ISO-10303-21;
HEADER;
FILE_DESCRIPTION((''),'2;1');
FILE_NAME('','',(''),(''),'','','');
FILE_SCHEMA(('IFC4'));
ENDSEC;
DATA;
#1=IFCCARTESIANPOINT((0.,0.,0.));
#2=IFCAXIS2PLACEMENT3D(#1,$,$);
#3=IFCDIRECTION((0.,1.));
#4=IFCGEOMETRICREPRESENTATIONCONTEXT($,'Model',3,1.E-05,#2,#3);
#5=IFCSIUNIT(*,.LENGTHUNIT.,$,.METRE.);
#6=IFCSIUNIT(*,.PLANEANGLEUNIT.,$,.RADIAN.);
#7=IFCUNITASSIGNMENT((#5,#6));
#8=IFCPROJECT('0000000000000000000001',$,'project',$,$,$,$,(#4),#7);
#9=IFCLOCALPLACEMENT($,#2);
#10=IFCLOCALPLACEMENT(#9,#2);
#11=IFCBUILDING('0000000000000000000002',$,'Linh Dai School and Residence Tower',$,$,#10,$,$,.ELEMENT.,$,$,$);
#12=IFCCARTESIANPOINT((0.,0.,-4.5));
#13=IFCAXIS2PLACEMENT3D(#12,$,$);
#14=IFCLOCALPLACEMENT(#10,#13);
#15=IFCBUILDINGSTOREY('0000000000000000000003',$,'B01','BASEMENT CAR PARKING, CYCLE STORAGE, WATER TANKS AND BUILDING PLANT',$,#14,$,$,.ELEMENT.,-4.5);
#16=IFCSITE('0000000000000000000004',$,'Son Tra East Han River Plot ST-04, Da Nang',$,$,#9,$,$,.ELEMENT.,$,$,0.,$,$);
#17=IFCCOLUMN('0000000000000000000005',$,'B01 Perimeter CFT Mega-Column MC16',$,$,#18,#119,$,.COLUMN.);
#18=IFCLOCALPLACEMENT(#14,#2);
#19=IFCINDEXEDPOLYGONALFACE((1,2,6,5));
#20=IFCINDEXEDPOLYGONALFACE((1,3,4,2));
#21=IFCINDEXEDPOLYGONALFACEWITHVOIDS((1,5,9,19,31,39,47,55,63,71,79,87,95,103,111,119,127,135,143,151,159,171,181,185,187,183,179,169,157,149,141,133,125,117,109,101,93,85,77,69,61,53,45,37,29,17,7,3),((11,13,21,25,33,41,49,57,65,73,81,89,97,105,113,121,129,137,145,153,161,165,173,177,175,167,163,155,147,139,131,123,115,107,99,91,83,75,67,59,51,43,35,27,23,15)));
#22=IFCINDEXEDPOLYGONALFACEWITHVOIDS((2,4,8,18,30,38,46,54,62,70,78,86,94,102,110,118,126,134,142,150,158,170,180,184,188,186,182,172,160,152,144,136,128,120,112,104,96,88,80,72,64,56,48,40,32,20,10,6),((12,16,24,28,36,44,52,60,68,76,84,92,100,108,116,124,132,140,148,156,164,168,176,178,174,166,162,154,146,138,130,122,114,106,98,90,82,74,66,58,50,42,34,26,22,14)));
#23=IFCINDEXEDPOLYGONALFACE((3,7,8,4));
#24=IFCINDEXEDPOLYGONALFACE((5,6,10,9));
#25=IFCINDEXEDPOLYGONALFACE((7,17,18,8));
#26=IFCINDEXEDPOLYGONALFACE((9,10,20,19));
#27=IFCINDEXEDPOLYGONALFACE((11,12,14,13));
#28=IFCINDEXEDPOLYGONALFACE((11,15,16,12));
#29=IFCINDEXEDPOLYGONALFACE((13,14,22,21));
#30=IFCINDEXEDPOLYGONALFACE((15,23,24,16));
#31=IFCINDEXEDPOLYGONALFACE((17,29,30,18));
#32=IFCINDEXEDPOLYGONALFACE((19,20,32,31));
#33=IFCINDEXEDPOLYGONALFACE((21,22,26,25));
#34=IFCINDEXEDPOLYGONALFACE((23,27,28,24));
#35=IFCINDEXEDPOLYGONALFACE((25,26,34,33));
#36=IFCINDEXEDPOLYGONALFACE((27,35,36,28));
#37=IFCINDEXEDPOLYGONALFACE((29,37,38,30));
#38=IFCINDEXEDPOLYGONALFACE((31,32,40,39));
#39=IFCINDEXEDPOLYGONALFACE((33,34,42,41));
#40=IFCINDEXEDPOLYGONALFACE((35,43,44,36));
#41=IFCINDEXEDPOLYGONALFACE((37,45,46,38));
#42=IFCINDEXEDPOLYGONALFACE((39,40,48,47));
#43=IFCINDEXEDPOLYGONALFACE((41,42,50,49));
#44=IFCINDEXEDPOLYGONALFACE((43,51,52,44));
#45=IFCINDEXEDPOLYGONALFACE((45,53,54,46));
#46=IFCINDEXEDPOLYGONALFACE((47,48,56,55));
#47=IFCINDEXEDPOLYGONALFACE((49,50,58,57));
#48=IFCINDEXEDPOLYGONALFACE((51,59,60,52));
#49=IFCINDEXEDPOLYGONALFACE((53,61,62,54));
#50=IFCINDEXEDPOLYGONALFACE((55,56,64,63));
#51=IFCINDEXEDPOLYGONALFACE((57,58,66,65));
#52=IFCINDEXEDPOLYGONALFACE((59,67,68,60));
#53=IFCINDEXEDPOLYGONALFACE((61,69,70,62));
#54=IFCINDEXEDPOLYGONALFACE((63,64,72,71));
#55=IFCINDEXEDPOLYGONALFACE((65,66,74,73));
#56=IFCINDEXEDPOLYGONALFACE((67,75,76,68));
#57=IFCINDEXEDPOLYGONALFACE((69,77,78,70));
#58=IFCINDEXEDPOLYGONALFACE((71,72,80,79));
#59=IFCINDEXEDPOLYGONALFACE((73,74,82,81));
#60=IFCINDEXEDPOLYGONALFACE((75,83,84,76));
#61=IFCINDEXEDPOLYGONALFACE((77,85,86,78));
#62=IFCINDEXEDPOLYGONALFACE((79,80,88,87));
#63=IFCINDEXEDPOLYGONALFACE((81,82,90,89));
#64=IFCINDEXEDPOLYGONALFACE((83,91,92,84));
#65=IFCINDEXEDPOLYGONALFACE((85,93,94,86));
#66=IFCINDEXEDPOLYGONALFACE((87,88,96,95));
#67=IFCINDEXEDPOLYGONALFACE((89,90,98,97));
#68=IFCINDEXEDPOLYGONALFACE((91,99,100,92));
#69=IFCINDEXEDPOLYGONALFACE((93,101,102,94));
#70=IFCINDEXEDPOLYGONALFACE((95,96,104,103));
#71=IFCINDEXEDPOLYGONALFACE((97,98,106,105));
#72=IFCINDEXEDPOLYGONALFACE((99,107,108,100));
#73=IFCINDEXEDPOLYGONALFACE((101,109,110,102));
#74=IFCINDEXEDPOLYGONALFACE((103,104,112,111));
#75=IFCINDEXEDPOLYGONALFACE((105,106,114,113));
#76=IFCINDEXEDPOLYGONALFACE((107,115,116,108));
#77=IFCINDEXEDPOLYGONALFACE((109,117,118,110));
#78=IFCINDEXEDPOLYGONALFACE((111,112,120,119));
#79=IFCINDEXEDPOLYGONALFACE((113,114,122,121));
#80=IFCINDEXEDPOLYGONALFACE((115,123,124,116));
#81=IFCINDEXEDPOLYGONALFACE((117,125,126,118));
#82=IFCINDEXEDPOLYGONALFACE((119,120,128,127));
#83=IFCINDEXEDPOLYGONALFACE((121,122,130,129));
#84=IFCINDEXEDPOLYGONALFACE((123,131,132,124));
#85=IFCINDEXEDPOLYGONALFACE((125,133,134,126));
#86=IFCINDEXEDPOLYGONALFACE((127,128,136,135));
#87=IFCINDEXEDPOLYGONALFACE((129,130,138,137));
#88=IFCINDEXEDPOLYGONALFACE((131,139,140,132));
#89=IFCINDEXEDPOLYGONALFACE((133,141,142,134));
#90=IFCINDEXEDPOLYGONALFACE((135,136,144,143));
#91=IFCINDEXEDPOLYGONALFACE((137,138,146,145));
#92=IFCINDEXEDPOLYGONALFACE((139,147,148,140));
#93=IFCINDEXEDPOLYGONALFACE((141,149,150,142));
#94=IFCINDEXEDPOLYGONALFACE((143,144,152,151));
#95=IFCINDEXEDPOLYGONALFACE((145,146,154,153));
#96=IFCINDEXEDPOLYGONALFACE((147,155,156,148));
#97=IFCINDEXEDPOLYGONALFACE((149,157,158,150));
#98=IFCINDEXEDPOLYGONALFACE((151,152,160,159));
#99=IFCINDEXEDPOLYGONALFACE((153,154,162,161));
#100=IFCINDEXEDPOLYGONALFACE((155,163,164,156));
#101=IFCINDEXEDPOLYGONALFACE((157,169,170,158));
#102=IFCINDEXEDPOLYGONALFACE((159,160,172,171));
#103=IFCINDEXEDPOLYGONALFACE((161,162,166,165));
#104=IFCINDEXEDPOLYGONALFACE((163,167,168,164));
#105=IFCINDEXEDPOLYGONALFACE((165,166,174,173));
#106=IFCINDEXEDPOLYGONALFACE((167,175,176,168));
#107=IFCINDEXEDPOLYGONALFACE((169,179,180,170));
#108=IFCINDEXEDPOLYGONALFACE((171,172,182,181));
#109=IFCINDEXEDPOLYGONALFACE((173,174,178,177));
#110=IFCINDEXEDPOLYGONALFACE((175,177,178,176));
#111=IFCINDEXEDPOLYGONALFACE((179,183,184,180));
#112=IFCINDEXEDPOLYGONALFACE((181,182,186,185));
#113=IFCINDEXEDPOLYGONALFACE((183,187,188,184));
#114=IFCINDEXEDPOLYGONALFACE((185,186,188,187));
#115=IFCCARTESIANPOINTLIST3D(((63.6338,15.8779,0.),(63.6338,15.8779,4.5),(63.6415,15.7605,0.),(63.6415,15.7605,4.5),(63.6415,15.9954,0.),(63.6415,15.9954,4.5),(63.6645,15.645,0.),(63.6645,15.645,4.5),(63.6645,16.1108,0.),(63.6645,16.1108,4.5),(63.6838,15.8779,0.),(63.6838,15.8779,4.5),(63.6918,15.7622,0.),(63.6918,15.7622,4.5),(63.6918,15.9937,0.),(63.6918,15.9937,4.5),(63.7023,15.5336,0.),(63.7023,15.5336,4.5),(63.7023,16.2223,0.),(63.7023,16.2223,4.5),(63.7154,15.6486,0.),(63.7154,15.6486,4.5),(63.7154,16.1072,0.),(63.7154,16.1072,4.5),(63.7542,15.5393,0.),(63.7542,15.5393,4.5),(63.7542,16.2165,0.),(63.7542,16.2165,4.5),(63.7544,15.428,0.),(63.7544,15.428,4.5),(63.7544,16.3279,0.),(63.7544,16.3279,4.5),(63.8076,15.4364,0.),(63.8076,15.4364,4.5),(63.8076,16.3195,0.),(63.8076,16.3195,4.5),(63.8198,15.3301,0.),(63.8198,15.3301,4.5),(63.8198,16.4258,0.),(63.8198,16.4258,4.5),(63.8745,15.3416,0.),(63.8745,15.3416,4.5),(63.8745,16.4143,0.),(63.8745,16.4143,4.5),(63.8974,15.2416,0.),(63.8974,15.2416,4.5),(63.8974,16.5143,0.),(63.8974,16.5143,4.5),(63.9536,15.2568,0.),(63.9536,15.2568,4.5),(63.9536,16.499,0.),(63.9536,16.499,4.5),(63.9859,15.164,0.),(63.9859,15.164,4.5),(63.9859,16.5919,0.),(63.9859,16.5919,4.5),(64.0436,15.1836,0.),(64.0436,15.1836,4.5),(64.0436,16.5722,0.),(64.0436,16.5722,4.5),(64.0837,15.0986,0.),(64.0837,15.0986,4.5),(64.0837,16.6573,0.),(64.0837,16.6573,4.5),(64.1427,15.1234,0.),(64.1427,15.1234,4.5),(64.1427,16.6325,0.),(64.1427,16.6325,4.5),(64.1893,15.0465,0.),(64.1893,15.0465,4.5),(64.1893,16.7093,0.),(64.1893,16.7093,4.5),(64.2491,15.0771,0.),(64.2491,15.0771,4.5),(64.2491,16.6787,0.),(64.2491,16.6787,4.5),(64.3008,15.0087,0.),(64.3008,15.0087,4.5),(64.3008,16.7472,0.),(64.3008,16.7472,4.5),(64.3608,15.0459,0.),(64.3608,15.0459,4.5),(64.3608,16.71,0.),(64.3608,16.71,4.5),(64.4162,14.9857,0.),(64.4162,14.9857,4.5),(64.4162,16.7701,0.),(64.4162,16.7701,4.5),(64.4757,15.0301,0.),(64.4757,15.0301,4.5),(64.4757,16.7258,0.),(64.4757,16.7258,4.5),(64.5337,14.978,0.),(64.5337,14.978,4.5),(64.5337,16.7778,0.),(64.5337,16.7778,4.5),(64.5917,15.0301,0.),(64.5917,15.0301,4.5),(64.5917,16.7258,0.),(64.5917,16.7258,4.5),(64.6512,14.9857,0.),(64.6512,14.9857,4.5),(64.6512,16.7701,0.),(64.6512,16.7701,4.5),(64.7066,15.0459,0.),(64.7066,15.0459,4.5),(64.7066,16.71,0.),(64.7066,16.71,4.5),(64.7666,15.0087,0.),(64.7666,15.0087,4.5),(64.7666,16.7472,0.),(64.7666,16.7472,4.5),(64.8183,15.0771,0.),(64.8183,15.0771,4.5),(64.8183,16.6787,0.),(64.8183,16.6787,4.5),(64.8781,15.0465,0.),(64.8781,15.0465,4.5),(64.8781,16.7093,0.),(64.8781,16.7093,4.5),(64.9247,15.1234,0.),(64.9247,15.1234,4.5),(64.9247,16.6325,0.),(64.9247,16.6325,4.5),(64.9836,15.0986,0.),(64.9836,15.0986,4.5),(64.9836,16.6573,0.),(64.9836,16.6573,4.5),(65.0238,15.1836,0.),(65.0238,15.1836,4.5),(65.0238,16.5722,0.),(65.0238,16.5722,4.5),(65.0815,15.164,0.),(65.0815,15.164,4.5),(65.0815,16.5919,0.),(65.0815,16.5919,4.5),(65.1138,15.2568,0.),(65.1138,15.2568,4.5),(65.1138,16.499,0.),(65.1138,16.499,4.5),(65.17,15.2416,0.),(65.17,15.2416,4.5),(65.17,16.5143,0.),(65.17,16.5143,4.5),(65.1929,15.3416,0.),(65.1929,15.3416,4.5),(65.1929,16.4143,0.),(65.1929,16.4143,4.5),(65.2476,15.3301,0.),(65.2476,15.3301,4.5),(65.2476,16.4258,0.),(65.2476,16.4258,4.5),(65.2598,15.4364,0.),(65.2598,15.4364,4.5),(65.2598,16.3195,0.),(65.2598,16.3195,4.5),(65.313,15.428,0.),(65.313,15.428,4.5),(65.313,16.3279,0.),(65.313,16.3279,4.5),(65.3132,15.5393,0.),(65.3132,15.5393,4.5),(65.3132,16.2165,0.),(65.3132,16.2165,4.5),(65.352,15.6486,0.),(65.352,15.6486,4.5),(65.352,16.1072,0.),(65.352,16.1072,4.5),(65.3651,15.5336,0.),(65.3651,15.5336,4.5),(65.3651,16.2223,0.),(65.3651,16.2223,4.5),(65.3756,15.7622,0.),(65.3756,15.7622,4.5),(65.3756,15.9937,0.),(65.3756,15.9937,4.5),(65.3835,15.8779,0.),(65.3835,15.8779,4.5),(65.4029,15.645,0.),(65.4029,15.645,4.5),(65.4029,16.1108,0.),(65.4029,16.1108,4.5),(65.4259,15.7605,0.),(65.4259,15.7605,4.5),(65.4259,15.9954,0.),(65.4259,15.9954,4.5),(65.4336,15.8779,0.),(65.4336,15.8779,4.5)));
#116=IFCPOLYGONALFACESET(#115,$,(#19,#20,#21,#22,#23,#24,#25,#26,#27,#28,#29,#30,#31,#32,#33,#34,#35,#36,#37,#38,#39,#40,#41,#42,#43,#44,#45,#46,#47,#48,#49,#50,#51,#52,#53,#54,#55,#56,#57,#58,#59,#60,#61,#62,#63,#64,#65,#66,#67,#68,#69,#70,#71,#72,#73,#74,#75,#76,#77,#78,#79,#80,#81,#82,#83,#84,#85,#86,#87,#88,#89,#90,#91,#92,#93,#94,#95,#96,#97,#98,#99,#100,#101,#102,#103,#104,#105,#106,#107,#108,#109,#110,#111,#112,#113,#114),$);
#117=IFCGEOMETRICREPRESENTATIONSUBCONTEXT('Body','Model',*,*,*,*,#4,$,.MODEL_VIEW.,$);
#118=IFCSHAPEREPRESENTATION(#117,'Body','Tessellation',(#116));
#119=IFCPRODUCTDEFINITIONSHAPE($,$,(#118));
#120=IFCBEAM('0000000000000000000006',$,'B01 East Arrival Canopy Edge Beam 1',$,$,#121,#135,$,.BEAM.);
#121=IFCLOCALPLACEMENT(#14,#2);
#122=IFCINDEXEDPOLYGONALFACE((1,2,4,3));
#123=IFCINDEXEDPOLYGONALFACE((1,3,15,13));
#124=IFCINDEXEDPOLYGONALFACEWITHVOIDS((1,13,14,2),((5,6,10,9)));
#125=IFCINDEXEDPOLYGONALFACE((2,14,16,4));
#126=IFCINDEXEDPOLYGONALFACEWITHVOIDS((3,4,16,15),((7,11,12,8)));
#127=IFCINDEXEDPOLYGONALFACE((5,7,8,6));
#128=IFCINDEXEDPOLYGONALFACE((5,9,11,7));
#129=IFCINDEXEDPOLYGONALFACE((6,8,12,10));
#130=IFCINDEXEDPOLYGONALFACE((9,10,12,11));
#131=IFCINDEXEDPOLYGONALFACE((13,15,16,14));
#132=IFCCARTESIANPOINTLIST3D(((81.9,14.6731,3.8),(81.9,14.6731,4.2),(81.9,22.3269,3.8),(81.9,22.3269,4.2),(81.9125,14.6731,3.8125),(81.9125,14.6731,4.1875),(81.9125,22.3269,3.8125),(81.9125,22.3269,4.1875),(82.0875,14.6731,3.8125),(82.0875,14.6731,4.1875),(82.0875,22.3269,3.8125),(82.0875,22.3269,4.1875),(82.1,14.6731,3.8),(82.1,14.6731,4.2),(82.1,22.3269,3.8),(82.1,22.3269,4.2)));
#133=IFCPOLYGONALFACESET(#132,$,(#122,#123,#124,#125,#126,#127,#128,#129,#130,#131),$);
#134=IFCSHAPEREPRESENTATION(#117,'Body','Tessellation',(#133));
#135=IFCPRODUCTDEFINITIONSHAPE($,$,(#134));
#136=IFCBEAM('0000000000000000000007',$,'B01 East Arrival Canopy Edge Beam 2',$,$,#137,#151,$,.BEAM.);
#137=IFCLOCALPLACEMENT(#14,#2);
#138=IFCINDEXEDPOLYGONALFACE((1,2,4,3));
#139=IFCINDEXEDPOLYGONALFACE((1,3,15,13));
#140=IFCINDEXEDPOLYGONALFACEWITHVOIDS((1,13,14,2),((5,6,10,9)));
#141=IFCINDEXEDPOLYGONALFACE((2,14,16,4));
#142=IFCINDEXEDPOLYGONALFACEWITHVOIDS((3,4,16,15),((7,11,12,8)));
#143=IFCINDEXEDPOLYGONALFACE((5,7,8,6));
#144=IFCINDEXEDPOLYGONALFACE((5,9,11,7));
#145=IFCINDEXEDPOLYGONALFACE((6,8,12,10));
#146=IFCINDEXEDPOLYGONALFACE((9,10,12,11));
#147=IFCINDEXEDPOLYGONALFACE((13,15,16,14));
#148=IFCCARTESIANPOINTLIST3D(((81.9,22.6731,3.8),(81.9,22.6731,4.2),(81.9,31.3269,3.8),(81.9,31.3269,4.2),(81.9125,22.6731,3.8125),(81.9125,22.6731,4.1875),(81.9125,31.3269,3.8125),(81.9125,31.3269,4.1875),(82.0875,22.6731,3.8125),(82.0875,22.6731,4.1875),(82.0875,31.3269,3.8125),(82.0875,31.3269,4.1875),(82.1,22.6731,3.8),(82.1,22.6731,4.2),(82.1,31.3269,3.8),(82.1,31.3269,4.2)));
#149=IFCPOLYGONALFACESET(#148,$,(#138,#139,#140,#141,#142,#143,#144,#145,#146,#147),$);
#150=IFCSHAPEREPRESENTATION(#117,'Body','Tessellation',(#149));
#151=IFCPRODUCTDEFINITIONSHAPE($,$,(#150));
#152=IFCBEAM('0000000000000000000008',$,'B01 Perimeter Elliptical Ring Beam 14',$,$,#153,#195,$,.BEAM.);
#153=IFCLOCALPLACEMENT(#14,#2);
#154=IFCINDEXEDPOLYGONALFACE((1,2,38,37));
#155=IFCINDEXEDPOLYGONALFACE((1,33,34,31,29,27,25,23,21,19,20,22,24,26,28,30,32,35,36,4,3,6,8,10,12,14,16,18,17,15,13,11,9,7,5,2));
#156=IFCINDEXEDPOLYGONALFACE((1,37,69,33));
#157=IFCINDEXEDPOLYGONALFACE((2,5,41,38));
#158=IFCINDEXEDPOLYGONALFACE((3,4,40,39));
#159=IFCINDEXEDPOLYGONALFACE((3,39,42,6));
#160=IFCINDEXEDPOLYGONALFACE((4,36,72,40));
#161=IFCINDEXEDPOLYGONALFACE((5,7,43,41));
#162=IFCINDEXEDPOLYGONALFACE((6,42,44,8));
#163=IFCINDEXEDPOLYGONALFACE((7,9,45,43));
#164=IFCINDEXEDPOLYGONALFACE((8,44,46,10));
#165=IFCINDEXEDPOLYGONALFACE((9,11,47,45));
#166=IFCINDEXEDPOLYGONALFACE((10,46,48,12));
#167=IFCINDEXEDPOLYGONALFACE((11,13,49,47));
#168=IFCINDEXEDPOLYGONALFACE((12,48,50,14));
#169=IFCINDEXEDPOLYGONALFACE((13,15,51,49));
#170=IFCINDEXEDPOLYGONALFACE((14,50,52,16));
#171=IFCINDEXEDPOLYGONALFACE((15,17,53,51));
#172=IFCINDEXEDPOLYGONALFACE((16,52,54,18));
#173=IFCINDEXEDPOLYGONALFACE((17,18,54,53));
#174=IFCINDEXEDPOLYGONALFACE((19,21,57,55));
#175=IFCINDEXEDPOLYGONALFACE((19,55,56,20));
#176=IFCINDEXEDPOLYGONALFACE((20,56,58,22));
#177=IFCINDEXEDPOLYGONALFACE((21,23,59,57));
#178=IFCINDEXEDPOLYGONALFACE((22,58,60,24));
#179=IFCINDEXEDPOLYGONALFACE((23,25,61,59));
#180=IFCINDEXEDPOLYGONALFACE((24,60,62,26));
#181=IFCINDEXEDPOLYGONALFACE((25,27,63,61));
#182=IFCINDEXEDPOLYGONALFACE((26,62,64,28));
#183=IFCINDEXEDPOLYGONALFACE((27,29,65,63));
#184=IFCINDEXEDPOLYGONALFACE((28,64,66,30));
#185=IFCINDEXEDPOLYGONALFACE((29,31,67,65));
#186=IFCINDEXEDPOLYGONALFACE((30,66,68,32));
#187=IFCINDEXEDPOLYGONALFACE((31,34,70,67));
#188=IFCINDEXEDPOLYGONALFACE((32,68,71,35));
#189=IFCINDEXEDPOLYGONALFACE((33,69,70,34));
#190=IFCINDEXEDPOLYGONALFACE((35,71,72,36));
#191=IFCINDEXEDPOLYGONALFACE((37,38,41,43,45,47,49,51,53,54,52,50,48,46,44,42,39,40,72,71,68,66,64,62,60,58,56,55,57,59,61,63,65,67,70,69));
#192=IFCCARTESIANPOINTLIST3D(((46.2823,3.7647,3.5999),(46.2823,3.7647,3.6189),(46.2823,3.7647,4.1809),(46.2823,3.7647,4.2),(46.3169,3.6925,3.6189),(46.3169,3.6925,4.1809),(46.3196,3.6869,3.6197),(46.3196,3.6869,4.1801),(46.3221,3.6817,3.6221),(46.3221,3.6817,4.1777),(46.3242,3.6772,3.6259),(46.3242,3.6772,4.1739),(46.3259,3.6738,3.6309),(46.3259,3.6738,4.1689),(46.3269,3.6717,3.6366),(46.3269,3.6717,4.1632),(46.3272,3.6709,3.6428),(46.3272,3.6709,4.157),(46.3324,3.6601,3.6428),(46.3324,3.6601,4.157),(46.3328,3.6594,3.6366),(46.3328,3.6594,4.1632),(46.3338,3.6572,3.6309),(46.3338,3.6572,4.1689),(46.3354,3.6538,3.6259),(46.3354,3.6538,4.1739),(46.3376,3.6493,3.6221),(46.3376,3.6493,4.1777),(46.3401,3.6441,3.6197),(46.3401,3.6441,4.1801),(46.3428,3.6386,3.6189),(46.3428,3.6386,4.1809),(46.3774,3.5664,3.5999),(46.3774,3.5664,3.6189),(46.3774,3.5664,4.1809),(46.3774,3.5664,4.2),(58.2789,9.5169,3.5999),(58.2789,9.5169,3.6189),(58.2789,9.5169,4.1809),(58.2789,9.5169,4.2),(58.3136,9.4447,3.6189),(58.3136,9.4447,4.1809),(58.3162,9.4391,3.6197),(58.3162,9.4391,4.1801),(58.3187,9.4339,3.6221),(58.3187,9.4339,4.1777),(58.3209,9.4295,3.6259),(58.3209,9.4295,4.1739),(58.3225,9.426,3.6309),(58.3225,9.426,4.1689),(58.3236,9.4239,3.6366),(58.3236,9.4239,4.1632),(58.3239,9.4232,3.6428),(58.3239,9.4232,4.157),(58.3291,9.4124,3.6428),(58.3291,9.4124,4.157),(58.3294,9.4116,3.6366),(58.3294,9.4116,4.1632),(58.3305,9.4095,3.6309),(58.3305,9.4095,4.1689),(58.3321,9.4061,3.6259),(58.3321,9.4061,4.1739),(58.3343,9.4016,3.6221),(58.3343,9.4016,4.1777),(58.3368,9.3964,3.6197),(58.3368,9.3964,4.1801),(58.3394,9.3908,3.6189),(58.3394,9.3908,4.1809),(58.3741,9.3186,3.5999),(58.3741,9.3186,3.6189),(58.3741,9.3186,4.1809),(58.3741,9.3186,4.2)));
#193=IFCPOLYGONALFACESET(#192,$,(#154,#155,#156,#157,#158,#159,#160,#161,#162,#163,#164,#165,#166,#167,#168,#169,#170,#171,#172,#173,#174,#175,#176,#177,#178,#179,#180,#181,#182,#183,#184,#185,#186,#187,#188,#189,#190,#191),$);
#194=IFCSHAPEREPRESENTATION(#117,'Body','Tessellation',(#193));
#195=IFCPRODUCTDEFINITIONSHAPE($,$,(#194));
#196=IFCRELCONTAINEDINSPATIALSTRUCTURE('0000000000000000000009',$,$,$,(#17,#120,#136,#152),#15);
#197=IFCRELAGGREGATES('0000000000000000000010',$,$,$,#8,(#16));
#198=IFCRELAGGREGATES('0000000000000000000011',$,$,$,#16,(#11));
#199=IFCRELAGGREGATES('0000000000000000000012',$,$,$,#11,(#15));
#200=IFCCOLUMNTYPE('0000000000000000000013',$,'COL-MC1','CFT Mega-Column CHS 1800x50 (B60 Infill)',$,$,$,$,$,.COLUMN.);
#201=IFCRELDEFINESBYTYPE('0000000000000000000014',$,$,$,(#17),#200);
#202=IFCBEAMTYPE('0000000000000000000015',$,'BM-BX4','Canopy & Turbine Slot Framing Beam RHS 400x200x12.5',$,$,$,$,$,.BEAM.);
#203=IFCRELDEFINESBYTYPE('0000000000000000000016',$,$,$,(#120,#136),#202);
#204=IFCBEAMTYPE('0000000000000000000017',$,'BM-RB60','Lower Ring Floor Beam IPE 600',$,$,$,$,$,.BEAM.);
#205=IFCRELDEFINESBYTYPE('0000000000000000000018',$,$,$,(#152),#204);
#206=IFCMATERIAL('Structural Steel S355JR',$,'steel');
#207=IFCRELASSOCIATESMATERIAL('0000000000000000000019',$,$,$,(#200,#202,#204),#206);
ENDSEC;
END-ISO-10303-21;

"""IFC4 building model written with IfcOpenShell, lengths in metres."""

from ifc_helpers import new_model, si_unit, direction, frame, origin, origin_2d, place, context, subcontext, project, spatial, hollow_rectangle, hollow_circle, i_section, extrude, material, material_profile, profile_set, type_object, element, save


model = new_model("IFC4")

# Units and contexts
model_context = context("Model", 3, precision=1e-05, world=origin(), true_north=direction((0.0, 1.0)))
body_context = subcontext(model_context, "Body", "Model", "MODEL_VIEW")
ifc_project = project(units=[si_unit("LENGTHUNIT", "METRE"), si_unit("PLANEANGLEUNIT", "RADIAN")], contexts=[model_context])

# Site, building, storey
site_placement = place(None, origin())
site = spatial("IfcSite", under=ifc_project, at=site_placement, Name="Son Tra East Han River Plot ST-04, Da Nang", CompositionType="ELEMENT", RefElevation=0.0)
building_placement = place(site_placement, origin())
building = spatial("IfcBuilding", under=site, at=building_placement, Name="Linh Dai School and Residence Tower", CompositionType="ELEMENT")
storey_placement = place(building_placement, frame((0.0, 0.0, -4.5)))
storey = spatial("IfcBuildingStorey", under=building, at=storey_placement, Name="B01", Description="BASEMENT CAR PARKING, CYCLE STORAGE, WATER TANKS AND BUILDING PLANT", CompositionType="ELEMENT", Elevation=-4.5)

# Column
ifc_material_1 = material(Name="Structural Steel S355JR", Category="steel")
ifc_material_profile_1 = material_profile(ifc_material_1, hollow_circle(Radius=0.8999, WallThickness=0.05, at=origin_2d()), Name="CHS 1800x50")
ifc_profile_set_1 = profile_set([ifc_material_profile_1], Name="Structural Steel S355JR")
column_type_1 = type_object("IfcColumnType", Name="COL-MC1", Description="CFT Mega-Column CHS 1800x50 (B60 Infill)", PredefinedType="COLUMN", material=ifc_profile_set_1)
for number, where, z_axis, x_axis, name in (
    (1, (64.5337, 15.8779, 0.0), (0.0, 0.0, 1.0), (1.0, 0.0, 0.0), "B01 Perimeter CFT Mega-Column MC16"),
):
    element("IfcColumn", number, at=place(storey_placement, frame(where, z_axis=z_axis, x_axis=x_axis)), inside=storey, type_object=column_type_1, Name=name, PredefinedType="COLUMN", context=body_context, shape_type="SweptSolid", body=[
        extrude(hollow_circle(Radius=0.8999, WallThickness=0.05, at=origin_2d()), origin(), (0.0, 0.0, 1.0), 4.5),
    ])

# Beams
ifc_material_profile_2 = material_profile(ifc_material_1, hollow_rectangle(XDim=0.2, YDim=0.3999, WallThickness=0.0125, at=origin_2d()), Name="RHS 400x200x12.5")
ifc_profile_set_2 = profile_set([ifc_material_profile_2], Name="Structural Steel S355JR")
beam_type_1 = type_object("IfcBeamType", Name="BM-BX4", Description="Canopy & Turbine Slot Framing Beam RHS 400x200x12.5", PredefinedType="BEAM", material=ifc_profile_set_2)
beam_1_placement = place(storey_placement, frame((82.0, 14.6731, 4.0), z_axis=(0.0, 1.0, 0.0), x_axis=(-1.0, 0.0, 0.0)))
element("IfcBeam", 2, at=beam_1_placement, inside=storey, type_object=beam_type_1, Name="B01 East Arrival Canopy Edge Beam 1", PredefinedType="BEAM", context=body_context, shape_type="SweptSolid", body=[
    extrude(hollow_rectangle(XDim=0.2, YDim=0.3999, WallThickness=0.0125, at=origin_2d()), origin(), (0.0, 0.0, 1.0), 7.6538),
])
beam_2_placement = place(storey_placement, frame((82.0, 22.6731, 4.0), z_axis=(0.0, 1.0, 0.0), x_axis=(-1.0, 0.0, 0.0)))
element("IfcBeam", 3, at=beam_2_placement, inside=storey, type_object=beam_type_1, Name="B01 East Arrival Canopy Edge Beam 2", PredefinedType="BEAM", context=body_context, shape_type="SweptSolid", body=[
    extrude(hollow_rectangle(XDim=0.2, YDim=0.3999, WallThickness=0.0125, at=origin_2d()), origin(), (0.0, 0.0, 1.0), 8.6538),
])
ifc_material_profile_3 = material_profile(ifc_material_1, i_section(OverallWidth=0.22, OverallDepth=0.6001, WebThickness=0.012, FlangeThickness=0.019, FilletRadius=0.0239, at=origin_2d()), Name="IPE 600")
ifc_profile_set_3 = profile_set([ifc_material_profile_3], Name="Structural Steel S355JR")
beam_type_2 = type_object("IfcBeamType", Name="BM-RB60", Description="Lower Ring Floor Beam IPE 600", PredefinedType="BEAM", material=ifc_profile_set_3)
beam_3_placement = place(storey_placement, frame((46.3298, 3.6655, 3.8999), z_axis=(0.901704, 0.432355, 0.0), x_axis=(-0.432355, 0.901704, 0.0)))
element("IfcBeam", 4, at=beam_3_placement, inside=storey, type_object=beam_type_2, Name="B01 Perimeter Elliptical Ring Beam 14", PredefinedType="BEAM", context=body_context, shape_type="SweptSolid", body=[
    extrude(i_section(OverallWidth=0.22, OverallDepth=0.6001, WebThickness=0.012, FlangeThickness=0.019, FilletRadius=0.0239, at=origin_2d()), origin(), (0.0, 0.0, 1.0), 13.3044),
])

save(model, "model.ifc")
